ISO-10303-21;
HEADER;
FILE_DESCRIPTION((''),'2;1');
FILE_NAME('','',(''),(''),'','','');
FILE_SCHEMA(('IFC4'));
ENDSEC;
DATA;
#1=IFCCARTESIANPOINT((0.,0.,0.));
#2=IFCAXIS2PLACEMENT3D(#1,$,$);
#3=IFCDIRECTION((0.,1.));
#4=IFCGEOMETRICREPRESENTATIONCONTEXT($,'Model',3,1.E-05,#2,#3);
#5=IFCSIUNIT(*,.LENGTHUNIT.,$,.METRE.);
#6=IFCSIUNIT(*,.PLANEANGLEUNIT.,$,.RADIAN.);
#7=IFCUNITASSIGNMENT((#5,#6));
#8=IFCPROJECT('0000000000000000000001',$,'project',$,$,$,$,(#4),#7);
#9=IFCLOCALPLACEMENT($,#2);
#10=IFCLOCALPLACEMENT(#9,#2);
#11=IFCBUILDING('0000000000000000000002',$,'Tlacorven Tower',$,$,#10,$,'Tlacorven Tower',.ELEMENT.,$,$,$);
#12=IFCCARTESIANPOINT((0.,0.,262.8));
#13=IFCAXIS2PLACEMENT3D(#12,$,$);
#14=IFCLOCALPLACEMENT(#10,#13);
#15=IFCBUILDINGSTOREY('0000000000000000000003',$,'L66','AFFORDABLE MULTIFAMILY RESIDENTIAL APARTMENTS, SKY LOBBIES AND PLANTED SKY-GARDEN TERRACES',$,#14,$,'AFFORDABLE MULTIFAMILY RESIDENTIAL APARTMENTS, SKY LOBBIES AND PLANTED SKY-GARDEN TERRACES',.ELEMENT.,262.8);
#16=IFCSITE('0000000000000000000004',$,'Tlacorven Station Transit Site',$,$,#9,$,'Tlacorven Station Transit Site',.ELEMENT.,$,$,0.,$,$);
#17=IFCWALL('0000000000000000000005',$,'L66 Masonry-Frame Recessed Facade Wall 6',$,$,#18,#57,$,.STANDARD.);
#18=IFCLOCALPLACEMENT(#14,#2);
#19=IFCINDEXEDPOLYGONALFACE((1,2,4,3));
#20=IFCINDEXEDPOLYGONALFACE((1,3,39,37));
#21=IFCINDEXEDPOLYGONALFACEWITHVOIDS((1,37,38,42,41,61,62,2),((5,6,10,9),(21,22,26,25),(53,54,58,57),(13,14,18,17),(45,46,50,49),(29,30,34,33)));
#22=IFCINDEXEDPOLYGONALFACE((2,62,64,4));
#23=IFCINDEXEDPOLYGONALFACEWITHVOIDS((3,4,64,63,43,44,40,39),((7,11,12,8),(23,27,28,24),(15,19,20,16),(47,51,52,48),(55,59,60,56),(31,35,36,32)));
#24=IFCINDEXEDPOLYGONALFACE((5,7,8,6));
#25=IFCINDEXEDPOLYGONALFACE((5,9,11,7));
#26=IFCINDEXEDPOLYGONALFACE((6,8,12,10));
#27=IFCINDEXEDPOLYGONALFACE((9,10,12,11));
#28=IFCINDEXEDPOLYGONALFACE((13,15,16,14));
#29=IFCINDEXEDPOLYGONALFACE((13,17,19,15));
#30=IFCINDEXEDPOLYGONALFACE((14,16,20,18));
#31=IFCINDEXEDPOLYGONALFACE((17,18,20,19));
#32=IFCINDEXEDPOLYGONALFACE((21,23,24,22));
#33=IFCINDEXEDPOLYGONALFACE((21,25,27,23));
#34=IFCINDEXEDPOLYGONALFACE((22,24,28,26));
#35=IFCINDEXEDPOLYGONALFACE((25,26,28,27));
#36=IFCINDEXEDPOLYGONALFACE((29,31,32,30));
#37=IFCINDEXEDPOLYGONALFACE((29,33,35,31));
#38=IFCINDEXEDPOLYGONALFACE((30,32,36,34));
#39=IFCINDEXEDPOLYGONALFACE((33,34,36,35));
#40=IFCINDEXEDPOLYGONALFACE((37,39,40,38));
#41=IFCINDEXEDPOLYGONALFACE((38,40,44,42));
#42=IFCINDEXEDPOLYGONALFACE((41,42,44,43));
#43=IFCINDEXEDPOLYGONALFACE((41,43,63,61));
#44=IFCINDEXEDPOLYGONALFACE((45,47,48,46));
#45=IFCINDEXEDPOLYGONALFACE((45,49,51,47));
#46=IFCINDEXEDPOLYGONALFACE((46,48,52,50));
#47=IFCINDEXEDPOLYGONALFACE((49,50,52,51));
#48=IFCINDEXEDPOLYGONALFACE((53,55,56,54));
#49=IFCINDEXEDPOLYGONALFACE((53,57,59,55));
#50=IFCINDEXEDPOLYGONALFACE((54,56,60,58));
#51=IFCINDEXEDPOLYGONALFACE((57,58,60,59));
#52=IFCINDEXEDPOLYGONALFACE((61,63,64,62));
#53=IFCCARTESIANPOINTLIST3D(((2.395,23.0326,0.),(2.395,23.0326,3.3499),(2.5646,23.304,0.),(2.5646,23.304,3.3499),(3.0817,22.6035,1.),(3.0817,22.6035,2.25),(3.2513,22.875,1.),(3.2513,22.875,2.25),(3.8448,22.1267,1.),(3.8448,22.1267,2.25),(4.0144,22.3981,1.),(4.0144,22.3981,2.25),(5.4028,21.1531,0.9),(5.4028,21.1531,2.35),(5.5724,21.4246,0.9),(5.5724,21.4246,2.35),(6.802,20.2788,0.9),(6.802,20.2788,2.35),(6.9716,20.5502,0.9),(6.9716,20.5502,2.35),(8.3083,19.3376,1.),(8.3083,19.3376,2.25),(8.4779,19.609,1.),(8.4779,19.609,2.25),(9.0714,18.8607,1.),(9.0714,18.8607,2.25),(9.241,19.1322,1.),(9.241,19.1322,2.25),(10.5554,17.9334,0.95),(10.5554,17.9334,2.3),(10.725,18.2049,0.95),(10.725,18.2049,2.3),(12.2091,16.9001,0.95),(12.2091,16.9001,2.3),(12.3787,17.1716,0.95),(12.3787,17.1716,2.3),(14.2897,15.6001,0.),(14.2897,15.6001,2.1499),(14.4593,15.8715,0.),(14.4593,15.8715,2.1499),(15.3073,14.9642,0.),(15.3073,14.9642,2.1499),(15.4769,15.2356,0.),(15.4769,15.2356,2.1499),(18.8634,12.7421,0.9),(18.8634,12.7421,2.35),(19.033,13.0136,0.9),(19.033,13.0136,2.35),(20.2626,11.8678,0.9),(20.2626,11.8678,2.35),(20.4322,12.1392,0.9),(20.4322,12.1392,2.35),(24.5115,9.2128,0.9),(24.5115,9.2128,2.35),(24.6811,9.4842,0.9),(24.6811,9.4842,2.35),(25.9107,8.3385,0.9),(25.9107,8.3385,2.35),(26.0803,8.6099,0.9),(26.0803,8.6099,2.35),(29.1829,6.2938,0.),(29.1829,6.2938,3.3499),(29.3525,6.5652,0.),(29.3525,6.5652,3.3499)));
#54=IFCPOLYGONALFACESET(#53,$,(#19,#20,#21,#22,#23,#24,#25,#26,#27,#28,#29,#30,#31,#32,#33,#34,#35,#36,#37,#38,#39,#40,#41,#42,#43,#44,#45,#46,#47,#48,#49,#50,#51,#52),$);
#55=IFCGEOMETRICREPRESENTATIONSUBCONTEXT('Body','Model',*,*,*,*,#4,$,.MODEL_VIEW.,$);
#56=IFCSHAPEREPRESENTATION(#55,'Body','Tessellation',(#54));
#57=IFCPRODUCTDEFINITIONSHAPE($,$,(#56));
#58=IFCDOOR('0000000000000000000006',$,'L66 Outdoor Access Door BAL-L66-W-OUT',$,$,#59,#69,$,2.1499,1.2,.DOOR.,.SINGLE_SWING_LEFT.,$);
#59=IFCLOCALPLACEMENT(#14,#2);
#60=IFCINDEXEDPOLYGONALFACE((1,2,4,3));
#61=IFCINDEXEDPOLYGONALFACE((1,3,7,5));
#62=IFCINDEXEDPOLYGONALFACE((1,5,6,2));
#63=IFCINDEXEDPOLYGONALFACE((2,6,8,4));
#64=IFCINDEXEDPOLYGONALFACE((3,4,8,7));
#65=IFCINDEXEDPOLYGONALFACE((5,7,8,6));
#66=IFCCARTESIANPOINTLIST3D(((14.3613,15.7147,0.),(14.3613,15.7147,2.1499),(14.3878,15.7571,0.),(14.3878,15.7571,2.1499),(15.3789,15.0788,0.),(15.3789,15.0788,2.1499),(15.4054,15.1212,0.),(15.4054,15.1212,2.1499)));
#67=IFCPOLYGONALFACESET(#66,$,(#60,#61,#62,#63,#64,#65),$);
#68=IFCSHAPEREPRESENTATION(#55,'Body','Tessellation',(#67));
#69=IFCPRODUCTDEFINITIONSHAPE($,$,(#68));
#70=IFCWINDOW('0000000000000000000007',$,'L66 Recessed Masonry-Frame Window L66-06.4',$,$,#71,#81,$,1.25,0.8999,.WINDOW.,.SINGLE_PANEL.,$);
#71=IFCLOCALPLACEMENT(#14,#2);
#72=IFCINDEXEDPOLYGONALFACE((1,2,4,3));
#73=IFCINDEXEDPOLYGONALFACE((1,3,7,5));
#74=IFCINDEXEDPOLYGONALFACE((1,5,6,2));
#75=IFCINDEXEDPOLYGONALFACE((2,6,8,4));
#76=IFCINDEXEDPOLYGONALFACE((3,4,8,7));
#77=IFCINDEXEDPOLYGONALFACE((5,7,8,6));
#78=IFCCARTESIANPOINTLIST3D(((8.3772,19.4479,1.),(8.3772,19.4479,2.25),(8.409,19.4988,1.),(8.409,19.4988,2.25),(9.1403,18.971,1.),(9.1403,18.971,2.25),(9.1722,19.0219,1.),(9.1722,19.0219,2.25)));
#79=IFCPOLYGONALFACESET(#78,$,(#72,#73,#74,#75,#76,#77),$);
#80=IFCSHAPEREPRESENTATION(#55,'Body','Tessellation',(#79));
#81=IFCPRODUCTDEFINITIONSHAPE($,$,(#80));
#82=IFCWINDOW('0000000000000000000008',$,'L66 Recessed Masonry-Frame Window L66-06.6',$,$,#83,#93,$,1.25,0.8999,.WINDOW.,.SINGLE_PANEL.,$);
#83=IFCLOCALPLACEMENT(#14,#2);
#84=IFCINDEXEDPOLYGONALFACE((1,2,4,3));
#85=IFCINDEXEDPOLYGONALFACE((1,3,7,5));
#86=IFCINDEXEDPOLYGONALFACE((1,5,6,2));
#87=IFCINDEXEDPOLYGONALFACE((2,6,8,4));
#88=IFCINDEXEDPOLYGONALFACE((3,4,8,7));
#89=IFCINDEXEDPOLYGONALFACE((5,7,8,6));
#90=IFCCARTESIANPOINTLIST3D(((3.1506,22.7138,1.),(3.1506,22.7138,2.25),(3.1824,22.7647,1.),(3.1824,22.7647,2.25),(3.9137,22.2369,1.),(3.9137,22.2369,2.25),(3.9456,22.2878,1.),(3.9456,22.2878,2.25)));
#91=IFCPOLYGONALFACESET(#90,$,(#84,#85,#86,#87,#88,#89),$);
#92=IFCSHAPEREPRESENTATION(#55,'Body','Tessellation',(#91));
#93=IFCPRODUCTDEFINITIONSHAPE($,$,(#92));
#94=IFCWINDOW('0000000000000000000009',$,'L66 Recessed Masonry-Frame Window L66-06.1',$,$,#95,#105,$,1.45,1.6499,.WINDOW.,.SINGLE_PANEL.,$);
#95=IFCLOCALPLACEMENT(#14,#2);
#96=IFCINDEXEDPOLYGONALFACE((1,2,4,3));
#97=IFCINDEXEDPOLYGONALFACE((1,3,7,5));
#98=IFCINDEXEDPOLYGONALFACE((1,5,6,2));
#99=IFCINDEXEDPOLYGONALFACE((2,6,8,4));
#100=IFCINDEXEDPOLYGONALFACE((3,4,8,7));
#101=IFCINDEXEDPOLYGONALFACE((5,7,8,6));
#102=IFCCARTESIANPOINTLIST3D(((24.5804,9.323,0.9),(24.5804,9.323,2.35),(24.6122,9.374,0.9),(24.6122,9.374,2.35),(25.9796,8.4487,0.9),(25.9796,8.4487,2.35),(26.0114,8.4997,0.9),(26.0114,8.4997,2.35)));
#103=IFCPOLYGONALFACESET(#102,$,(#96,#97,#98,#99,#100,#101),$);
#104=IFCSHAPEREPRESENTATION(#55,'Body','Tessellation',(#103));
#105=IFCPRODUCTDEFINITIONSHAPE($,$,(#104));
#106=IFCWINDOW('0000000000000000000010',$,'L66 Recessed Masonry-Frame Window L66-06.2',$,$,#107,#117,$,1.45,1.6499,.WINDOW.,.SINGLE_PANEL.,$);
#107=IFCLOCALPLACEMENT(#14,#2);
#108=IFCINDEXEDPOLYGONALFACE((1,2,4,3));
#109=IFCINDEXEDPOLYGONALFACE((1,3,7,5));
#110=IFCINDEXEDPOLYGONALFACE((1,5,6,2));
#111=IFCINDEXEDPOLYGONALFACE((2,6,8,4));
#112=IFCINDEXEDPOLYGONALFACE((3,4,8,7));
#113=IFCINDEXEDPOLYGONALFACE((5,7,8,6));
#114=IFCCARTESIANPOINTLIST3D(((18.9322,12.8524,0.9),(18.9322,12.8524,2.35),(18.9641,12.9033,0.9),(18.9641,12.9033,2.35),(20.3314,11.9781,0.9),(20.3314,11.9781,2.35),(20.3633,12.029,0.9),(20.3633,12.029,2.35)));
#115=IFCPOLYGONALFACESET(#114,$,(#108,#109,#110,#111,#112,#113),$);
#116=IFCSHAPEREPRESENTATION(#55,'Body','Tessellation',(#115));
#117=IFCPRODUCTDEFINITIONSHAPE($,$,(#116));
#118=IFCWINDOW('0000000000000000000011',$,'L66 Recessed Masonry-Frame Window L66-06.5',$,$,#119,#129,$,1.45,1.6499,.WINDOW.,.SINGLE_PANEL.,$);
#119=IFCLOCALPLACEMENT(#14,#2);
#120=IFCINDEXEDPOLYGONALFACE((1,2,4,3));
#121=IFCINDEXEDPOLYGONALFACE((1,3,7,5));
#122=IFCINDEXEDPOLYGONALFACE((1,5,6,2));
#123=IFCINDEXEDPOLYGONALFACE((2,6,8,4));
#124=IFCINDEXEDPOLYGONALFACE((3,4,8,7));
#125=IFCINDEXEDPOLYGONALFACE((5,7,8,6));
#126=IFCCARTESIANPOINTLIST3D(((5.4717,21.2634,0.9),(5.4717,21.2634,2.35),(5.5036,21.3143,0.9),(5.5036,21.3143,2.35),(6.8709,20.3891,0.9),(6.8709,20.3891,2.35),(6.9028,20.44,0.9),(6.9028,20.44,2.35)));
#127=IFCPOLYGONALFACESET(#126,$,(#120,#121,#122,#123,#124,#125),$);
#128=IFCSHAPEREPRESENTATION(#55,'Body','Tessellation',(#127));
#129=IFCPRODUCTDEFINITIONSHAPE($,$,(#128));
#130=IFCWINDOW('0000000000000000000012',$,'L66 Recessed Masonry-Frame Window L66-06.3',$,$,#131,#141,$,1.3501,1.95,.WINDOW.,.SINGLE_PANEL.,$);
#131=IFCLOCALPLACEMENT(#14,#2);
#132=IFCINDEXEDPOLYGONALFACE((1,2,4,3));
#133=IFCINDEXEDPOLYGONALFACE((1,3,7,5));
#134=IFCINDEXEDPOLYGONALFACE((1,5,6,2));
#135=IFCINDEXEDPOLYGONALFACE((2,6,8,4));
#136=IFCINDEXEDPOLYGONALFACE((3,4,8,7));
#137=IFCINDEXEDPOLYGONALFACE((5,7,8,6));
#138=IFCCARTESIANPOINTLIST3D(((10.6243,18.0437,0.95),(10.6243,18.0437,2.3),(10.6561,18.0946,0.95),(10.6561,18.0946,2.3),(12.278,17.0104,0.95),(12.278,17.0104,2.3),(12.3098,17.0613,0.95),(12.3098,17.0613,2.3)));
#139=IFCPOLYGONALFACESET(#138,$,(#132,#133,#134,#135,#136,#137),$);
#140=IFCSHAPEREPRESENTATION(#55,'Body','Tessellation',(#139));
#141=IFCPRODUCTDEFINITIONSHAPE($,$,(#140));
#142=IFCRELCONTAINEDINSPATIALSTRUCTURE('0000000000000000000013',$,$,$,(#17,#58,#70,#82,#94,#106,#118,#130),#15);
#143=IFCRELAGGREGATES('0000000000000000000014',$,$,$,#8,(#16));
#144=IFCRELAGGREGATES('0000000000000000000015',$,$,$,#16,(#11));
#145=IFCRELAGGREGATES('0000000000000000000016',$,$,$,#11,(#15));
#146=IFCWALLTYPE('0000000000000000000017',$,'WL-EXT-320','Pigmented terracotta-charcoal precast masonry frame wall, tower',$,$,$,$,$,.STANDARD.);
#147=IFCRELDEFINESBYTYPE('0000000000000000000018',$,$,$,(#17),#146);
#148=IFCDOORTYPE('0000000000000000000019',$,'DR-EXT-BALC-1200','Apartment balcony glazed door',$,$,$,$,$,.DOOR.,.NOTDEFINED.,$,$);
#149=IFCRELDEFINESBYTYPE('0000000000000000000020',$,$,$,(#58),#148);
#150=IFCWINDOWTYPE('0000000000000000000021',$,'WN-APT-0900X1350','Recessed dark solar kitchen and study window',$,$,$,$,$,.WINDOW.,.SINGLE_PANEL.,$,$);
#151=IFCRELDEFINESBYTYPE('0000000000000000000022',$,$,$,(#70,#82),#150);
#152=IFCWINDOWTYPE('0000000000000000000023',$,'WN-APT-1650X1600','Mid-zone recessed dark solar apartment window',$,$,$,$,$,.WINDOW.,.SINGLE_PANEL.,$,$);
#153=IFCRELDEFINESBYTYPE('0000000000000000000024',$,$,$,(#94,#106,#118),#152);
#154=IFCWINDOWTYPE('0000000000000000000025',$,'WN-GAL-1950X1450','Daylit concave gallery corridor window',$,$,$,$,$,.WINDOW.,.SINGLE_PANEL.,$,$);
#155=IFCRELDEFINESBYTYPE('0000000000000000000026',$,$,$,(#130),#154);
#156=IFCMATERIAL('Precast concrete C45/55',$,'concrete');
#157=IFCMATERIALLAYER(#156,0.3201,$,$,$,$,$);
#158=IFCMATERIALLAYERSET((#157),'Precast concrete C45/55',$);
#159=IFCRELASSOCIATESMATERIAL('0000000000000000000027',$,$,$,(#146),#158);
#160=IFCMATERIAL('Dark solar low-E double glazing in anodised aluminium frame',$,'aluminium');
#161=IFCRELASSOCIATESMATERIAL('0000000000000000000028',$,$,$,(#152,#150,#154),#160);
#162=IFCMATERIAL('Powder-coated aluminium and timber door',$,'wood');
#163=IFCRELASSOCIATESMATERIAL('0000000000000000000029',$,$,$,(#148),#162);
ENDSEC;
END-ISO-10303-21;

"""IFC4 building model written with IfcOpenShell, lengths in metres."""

from ifc_helpers import new_model, si_unit, direction, frame, frame_2d, origin, place, context, subcontext, project, spatial, rectangle, extrude, source, transform, mapped, material, layer, layer_set, type_object, element, fill, save


model = new_model("IFC4")

# Units and contexts
model_context = context("Model", 3, precision=1e-05, world=origin(), true_north=direction((0.0, 1.0)))
body_context = subcontext(model_context, "Body", "Model", "MODEL_VIEW")
ifc_project = project(units=[si_unit("LENGTHUNIT", "METRE"), si_unit("PLANEANGLEUNIT", "RADIAN")], contexts=[model_context])

# Site, building, storey
site_placement = place(None, origin())
site = spatial("IfcSite", under=ifc_project, at=site_placement, Name="Tlacorven Station Transit Site", LongName="Tlacorven Station Transit Site", CompositionType="ELEMENT", RefElevation=0.0)
building_placement = place(site_placement, origin())
building = spatial("IfcBuilding", under=site, at=building_placement, Name="Tlacorven Tower", LongName="Tlacorven Tower", CompositionType="ELEMENT")
storey_placement = place(building_placement, frame((0.0, 0.0, 262.8)))
storey = spatial("IfcBuildingStorey", under=building, at=storey_placement, Name="L66", Description="AFFORDABLE MULTIFAMILY RESIDENTIAL APARTMENTS, SKY LOBBIES AND PLANTED SKY-GARDEN TERRACES", LongName="AFFORDABLE MULTIFAMILY RESIDENTIAL APARTMENTS, SKY LOBBIES AND PLANTED SKY-GARDEN TERRACES", CompositionType="ELEMENT", Elevation=262.8)

# Shared definitions
ifc_material_1 = material(Name="Precast concrete C45/55", Category="concrete")
ifc_layer_1 = layer(ifc_material_1, 0.3201)
ifc_layer_set_1 = layer_set([ifc_layer_1], Name="Precast concrete C45/55")
wall_type_1 = type_object("IfcWallType", Name="WL-EXT-320", Description="Pigmented terracotta-charcoal precast masonry frame wall, tower", PredefinedType="STANDARD", material=ifc_layer_set_1)

# Shared definitions
ifc_material_2 = material(Name="Dark solar low-E double glazing in anodised aluminium frame", Category="aluminium")
window_type_1 = type_object("IfcWindowType", Name="WN-APT-1650X1600", Description="Mid-zone recessed dark solar apartment window", PartitioningType="SINGLE_PANEL", PredefinedType="WINDOW", material=ifc_material_2)
shared_shape_1 = source(origin(), body_context, "Body", "SweptSolid", [
    extrude(rectangle(XDim=1.6499, YDim=1.45, at=frame_2d((0.825, 0.7251))), frame((0.0, 0.03, 0.0), z_axis=(0.0, -1.0, 0.0), x_axis=(1.0, 0.0, 0.0)), (0.0, 0.0, 1.0), 0.0601),
])

# Wall, openings, door, windows
wall_1_placement = place(storey_placement, frame((29.2678, 6.4294, 0.0), z_axis=(0.0, 0.0, 1.0), x_axis=(-0.84805, 0.529916, 0.0)))
wall_1 = element("IfcWall", 1, at=wall_1_placement, inside=storey, type_object=wall_type_1, Name="L66 Masonry-Frame Recessed Facade Wall 6", PredefinedType="STANDARD", context=body_context, shape_type="SweptSolid", body=[
    extrude(rectangle(XDim=31.5876, YDim=0.3201, at=frame_2d((15.7939, 0.0))), origin(), (0.0, 0.0, 1.0), 3.3499),
])
opening_1_placement = place(wall_1_placement, frame((16.3618, 0.0, 0.0)))
opening_1 = element("IfcOpeningElement", 2, at=opening_1_placement, cuts=wall_1, PredefinedType="OPENING", context=body_context, shape_type="SweptSolid", body=[
    extrude(rectangle(XDim=1.2, YDim=2.1499, at=frame_2d((0.6001, 1.075))), frame((0.0, 0.1699, 0.0), z_axis=(0.0, -1.0, 0.0), x_axis=(1.0, 0.0, 0.0)), (0.0, 0.0, 1.0), 0.3401),
])
opening_2_placement = place(wall_1_placement, frame((3.8586, 0.0, 0.8999)))
opening_2 = element("IfcOpeningElement", 3, at=opening_2_placement, cuts=wall_1, PredefinedType="OPENING", context=body_context, shape_type="SweptSolid", body=[
    extrude(rectangle(XDim=1.6499, YDim=1.45, at=frame_2d((0.825, 0.7251))), frame((0.0, 0.1699, 0.0), z_axis=(0.0, -1.0, 0.0), x_axis=(1.0, 0.0, 0.0)), (0.0, 0.0, 1.0), 0.3401),
])
opening_3_placement = place(wall_1_placement, frame((10.5188, 0.0, 0.8999)))
opening_3 = element("IfcOpeningElement", 4, at=opening_3_placement, cuts=wall_1, PredefinedType="OPENING", context=body_context, shape_type="SweptSolid", body=[
    extrude(rectangle(XDim=1.6499, YDim=1.45, at=frame_2d((0.825, 0.7251))), frame((0.0, 0.1699, 0.0), z_axis=(0.0, -1.0, 0.0), x_axis=(1.0, 0.0, 0.0)), (0.0, 0.0, 1.0), 0.3401),
])
opening_4_placement = place(wall_1_placement, frame((20.0151, 0.0, 0.95)))
opening_4 = element("IfcOpeningElement", 5, at=opening_4_placement, cuts=wall_1, PredefinedType="OPENING", context=body_context, shape_type="SweptSolid", body=[
    extrude(rectangle(XDim=1.95, YDim=1.3501, at=frame_2d((0.9751, 0.675))), frame((0.0, 0.1699, 0.0), z_axis=(0.0, -1.0, 0.0), x_axis=(1.0, 0.0, 0.0)), (0.0, 0.0, 1.0), 0.3401),
])
opening_5_placement = place(wall_1_placement, frame((23.7151, 0.0, 1.0)))
opening_5 = element("IfcOpeningElement", 6, at=opening_5_placement, cuts=wall_1, PredefinedType="OPENING", context=body_context, shape_type="SweptSolid", body=[
    extrude(rectangle(XDim=0.8999, YDim=1.25, at=frame_2d((0.45, 0.625))), frame((0.0, 0.1699, 0.0), z_axis=(0.0, -1.0, 0.0), x_axis=(1.0, 0.0, 0.0)), (0.0, 0.0, 1.0), 0.3401),
])
opening_6_placement = place(wall_1_placement, frame((26.3911, 0.0, 0.8999)))
opening_6 = element("IfcOpeningElement", 7, at=opening_6_placement, cuts=wall_1, PredefinedType="OPENING", context=body_context, shape_type="SweptSolid", body=[
    extrude(rectangle(XDim=1.6499, YDim=1.45, at=frame_2d((0.825, 0.7251))), frame((0.0, 0.1699, 0.0), z_axis=(0.0, -1.0, 0.0), x_axis=(1.0, 0.0, 0.0)), (0.0, 0.0, 1.0), 0.3401),
])
opening_7_placement = place(wall_1_placement, frame((29.8782, 0.0, 1.0)))
opening_7 = element("IfcOpeningElement", 8, at=opening_7_placement, cuts=wall_1, PredefinedType="OPENING", context=body_context, shape_type="SweptSolid", body=[
    extrude(rectangle(XDim=0.8999, YDim=1.25, at=frame_2d((0.45, 0.625))), frame((0.0, 0.1699, 0.0), z_axis=(0.0, -1.0, 0.0), x_axis=(1.0, 0.0, 0.0)), (0.0, 0.0, 1.0), 0.3401),
])
ifc_material_3 = material(Name="Powder-coated aluminium and timber door", Category="wood")
door_type_1 = type_object("IfcDoorType", Name="DR-EXT-BALC-1200", Description="Apartment balcony glazed door", OperationType="NOTDEFINED", PredefinedType="DOOR", material=ifc_material_3)
shared_shape_2 = source(origin(), body_context, "Body", "SweptSolid", [
    extrude(rectangle(XDim=1.2, YDim=2.1499, at=frame_2d((0.6001, 1.075))), frame((0.0, 0.0249, 0.0), z_axis=(0.0, -1.0, 0.0), x_axis=(1.0, 0.0, 0.0)), (0.0, 0.0, 1.0), 0.05),
])
door_1_placement = place(opening_1_placement, origin())
door_1 = element("IfcDoor", 9, at=door_1_placement, inside=storey, type_object=door_type_1, Name="L66 Outdoor Access Door BAL-L66-W-OUT", OperationType="SINGLE_SWING_LEFT", OverallHeight=2.1499, OverallWidth=1.2, PredefinedType="DOOR", context=body_context, shape_type="MappedRepresentation", body=[
    mapped(shared_shape_2, transform((0.0, 0.0, 0.0), scale=1.0)),
])
fill(opening_1, door_1)
window_type_2 = type_object("IfcWindowType", Name="WN-APT-0900X1350", Description="Recessed dark solar kitchen and study window", PartitioningType="SINGLE_PANEL", PredefinedType="WINDOW", material=ifc_material_2)
shared_shape_3 = source(origin(), body_context, "Body", "SweptSolid", [
    extrude(rectangle(XDim=0.8999, YDim=1.25, at=frame_2d((0.45, 0.625))), frame((0.0, 0.03, 0.0), z_axis=(0.0, -1.0, 0.0), x_axis=(1.0, 0.0, 0.0)), (0.0, 0.0, 1.0), 0.0601),
])
window_1_placement = place(opening_5_placement, origin())
window_1 = element("IfcWindow", 10, at=window_1_placement, inside=storey, type_object=window_type_2, Name="L66 Recessed Masonry-Frame Window L66-06.4", OverallHeight=1.25, OverallWidth=0.8999, PartitioningType="SINGLE_PANEL", PredefinedType="WINDOW", context=body_context, shape_type="MappedRepresentation", body=[
    mapped(shared_shape_3, transform((0.0, 0.0, 0.0), scale=1.0)),
])
fill(opening_5, window_1)
window_2_placement = place(opening_7_placement, origin())
window_2 = element("IfcWindow", 11, at=window_2_placement, inside=storey, type_object=window_type_2, Name="L66 Recessed Masonry-Frame Window L66-06.6", OverallHeight=1.25, OverallWidth=0.8999, PartitioningType="SINGLE_PANEL", PredefinedType="WINDOW", context=body_context, shape_type="MappedRepresentation", body=[
    mapped(shared_shape_3, transform((0.0, 0.0, 0.0), scale=1.0)),
])
fill(opening_7, window_2)
window_3_placement = place(opening_2_placement, origin())
window_3 = element("IfcWindow", 12, at=window_3_placement, inside=storey, type_object=window_type_1, Name="L66 Recessed Masonry-Frame Window L66-06.1", OverallHeight=1.45, OverallWidth=1.6499, PartitioningType="SINGLE_PANEL", PredefinedType="WINDOW", context=body_context, shape_type="MappedRepresentation", body=[
    mapped(shared_shape_1, transform((0.0, 0.0, 0.0), scale=1.0)),
])
fill(opening_2, window_3)
window_4_placement = place(opening_3_placement, origin())
window_4 = element("IfcWindow", 13, at=window_4_placement, inside=storey, type_object=window_type_1, Name="L66 Recessed Masonry-Frame Window L66-06.2", OverallHeight=1.45, OverallWidth=1.6499, PartitioningType="SINGLE_PANEL", PredefinedType="WINDOW", context=body_context, shape_type="MappedRepresentation", body=[
    mapped(shared_shape_1, transform((0.0, 0.0, 0.0), scale=1.0)),
])
fill(opening_3, window_4)
window_5_placement = place(opening_6_placement, origin())
window_5 = element("IfcWindow", 14, at=window_5_placement, inside=storey, type_object=window_type_1, Name="L66 Recessed Masonry-Frame Window L66-06.5", OverallHeight=1.45, OverallWidth=1.6499, PartitioningType="SINGLE_PANEL", PredefinedType="WINDOW", context=body_context, shape_type="MappedRepresentation", body=[
    mapped(shared_shape_1, transform((0.0, 0.0, 0.0), scale=1.0)),
])
fill(opening_6, window_5)
window_type_3 = type_object("IfcWindowType", Name="WN-GAL-1950X1450", Description="Daylit concave gallery corridor window", PartitioningType="SINGLE_PANEL", PredefinedType="WINDOW", material=ifc_material_2)
shared_shape_4 = source(origin(), body_context, "Body", "SweptSolid", [
    extrude(rectangle(XDim=1.95, YDim=1.3501, at=frame_2d((0.9751, 0.675))), frame((0.0, 0.03, 0.0), z_axis=(0.0, -1.0, 0.0), x_axis=(1.0, 0.0, 0.0)), (0.0, 0.0, 1.0), 0.0601),
])
window_6_placement = place(opening_4_placement, origin())
window_6 = element("IfcWindow", 15, at=window_6_placement, inside=storey, type_object=window_type_3, Name="L66 Recessed Masonry-Frame Window L66-06.3", OverallHeight=1.3501, OverallWidth=1.95, PartitioningType="SINGLE_PANEL", PredefinedType="WINDOW", context=body_context, shape_type="MappedRepresentation", body=[
    mapped(shared_shape_4, transform((0.0, 0.0, 0.0), scale=1.0)),
])
fill(opening_4, window_6)

save(model, "model.ifc")
